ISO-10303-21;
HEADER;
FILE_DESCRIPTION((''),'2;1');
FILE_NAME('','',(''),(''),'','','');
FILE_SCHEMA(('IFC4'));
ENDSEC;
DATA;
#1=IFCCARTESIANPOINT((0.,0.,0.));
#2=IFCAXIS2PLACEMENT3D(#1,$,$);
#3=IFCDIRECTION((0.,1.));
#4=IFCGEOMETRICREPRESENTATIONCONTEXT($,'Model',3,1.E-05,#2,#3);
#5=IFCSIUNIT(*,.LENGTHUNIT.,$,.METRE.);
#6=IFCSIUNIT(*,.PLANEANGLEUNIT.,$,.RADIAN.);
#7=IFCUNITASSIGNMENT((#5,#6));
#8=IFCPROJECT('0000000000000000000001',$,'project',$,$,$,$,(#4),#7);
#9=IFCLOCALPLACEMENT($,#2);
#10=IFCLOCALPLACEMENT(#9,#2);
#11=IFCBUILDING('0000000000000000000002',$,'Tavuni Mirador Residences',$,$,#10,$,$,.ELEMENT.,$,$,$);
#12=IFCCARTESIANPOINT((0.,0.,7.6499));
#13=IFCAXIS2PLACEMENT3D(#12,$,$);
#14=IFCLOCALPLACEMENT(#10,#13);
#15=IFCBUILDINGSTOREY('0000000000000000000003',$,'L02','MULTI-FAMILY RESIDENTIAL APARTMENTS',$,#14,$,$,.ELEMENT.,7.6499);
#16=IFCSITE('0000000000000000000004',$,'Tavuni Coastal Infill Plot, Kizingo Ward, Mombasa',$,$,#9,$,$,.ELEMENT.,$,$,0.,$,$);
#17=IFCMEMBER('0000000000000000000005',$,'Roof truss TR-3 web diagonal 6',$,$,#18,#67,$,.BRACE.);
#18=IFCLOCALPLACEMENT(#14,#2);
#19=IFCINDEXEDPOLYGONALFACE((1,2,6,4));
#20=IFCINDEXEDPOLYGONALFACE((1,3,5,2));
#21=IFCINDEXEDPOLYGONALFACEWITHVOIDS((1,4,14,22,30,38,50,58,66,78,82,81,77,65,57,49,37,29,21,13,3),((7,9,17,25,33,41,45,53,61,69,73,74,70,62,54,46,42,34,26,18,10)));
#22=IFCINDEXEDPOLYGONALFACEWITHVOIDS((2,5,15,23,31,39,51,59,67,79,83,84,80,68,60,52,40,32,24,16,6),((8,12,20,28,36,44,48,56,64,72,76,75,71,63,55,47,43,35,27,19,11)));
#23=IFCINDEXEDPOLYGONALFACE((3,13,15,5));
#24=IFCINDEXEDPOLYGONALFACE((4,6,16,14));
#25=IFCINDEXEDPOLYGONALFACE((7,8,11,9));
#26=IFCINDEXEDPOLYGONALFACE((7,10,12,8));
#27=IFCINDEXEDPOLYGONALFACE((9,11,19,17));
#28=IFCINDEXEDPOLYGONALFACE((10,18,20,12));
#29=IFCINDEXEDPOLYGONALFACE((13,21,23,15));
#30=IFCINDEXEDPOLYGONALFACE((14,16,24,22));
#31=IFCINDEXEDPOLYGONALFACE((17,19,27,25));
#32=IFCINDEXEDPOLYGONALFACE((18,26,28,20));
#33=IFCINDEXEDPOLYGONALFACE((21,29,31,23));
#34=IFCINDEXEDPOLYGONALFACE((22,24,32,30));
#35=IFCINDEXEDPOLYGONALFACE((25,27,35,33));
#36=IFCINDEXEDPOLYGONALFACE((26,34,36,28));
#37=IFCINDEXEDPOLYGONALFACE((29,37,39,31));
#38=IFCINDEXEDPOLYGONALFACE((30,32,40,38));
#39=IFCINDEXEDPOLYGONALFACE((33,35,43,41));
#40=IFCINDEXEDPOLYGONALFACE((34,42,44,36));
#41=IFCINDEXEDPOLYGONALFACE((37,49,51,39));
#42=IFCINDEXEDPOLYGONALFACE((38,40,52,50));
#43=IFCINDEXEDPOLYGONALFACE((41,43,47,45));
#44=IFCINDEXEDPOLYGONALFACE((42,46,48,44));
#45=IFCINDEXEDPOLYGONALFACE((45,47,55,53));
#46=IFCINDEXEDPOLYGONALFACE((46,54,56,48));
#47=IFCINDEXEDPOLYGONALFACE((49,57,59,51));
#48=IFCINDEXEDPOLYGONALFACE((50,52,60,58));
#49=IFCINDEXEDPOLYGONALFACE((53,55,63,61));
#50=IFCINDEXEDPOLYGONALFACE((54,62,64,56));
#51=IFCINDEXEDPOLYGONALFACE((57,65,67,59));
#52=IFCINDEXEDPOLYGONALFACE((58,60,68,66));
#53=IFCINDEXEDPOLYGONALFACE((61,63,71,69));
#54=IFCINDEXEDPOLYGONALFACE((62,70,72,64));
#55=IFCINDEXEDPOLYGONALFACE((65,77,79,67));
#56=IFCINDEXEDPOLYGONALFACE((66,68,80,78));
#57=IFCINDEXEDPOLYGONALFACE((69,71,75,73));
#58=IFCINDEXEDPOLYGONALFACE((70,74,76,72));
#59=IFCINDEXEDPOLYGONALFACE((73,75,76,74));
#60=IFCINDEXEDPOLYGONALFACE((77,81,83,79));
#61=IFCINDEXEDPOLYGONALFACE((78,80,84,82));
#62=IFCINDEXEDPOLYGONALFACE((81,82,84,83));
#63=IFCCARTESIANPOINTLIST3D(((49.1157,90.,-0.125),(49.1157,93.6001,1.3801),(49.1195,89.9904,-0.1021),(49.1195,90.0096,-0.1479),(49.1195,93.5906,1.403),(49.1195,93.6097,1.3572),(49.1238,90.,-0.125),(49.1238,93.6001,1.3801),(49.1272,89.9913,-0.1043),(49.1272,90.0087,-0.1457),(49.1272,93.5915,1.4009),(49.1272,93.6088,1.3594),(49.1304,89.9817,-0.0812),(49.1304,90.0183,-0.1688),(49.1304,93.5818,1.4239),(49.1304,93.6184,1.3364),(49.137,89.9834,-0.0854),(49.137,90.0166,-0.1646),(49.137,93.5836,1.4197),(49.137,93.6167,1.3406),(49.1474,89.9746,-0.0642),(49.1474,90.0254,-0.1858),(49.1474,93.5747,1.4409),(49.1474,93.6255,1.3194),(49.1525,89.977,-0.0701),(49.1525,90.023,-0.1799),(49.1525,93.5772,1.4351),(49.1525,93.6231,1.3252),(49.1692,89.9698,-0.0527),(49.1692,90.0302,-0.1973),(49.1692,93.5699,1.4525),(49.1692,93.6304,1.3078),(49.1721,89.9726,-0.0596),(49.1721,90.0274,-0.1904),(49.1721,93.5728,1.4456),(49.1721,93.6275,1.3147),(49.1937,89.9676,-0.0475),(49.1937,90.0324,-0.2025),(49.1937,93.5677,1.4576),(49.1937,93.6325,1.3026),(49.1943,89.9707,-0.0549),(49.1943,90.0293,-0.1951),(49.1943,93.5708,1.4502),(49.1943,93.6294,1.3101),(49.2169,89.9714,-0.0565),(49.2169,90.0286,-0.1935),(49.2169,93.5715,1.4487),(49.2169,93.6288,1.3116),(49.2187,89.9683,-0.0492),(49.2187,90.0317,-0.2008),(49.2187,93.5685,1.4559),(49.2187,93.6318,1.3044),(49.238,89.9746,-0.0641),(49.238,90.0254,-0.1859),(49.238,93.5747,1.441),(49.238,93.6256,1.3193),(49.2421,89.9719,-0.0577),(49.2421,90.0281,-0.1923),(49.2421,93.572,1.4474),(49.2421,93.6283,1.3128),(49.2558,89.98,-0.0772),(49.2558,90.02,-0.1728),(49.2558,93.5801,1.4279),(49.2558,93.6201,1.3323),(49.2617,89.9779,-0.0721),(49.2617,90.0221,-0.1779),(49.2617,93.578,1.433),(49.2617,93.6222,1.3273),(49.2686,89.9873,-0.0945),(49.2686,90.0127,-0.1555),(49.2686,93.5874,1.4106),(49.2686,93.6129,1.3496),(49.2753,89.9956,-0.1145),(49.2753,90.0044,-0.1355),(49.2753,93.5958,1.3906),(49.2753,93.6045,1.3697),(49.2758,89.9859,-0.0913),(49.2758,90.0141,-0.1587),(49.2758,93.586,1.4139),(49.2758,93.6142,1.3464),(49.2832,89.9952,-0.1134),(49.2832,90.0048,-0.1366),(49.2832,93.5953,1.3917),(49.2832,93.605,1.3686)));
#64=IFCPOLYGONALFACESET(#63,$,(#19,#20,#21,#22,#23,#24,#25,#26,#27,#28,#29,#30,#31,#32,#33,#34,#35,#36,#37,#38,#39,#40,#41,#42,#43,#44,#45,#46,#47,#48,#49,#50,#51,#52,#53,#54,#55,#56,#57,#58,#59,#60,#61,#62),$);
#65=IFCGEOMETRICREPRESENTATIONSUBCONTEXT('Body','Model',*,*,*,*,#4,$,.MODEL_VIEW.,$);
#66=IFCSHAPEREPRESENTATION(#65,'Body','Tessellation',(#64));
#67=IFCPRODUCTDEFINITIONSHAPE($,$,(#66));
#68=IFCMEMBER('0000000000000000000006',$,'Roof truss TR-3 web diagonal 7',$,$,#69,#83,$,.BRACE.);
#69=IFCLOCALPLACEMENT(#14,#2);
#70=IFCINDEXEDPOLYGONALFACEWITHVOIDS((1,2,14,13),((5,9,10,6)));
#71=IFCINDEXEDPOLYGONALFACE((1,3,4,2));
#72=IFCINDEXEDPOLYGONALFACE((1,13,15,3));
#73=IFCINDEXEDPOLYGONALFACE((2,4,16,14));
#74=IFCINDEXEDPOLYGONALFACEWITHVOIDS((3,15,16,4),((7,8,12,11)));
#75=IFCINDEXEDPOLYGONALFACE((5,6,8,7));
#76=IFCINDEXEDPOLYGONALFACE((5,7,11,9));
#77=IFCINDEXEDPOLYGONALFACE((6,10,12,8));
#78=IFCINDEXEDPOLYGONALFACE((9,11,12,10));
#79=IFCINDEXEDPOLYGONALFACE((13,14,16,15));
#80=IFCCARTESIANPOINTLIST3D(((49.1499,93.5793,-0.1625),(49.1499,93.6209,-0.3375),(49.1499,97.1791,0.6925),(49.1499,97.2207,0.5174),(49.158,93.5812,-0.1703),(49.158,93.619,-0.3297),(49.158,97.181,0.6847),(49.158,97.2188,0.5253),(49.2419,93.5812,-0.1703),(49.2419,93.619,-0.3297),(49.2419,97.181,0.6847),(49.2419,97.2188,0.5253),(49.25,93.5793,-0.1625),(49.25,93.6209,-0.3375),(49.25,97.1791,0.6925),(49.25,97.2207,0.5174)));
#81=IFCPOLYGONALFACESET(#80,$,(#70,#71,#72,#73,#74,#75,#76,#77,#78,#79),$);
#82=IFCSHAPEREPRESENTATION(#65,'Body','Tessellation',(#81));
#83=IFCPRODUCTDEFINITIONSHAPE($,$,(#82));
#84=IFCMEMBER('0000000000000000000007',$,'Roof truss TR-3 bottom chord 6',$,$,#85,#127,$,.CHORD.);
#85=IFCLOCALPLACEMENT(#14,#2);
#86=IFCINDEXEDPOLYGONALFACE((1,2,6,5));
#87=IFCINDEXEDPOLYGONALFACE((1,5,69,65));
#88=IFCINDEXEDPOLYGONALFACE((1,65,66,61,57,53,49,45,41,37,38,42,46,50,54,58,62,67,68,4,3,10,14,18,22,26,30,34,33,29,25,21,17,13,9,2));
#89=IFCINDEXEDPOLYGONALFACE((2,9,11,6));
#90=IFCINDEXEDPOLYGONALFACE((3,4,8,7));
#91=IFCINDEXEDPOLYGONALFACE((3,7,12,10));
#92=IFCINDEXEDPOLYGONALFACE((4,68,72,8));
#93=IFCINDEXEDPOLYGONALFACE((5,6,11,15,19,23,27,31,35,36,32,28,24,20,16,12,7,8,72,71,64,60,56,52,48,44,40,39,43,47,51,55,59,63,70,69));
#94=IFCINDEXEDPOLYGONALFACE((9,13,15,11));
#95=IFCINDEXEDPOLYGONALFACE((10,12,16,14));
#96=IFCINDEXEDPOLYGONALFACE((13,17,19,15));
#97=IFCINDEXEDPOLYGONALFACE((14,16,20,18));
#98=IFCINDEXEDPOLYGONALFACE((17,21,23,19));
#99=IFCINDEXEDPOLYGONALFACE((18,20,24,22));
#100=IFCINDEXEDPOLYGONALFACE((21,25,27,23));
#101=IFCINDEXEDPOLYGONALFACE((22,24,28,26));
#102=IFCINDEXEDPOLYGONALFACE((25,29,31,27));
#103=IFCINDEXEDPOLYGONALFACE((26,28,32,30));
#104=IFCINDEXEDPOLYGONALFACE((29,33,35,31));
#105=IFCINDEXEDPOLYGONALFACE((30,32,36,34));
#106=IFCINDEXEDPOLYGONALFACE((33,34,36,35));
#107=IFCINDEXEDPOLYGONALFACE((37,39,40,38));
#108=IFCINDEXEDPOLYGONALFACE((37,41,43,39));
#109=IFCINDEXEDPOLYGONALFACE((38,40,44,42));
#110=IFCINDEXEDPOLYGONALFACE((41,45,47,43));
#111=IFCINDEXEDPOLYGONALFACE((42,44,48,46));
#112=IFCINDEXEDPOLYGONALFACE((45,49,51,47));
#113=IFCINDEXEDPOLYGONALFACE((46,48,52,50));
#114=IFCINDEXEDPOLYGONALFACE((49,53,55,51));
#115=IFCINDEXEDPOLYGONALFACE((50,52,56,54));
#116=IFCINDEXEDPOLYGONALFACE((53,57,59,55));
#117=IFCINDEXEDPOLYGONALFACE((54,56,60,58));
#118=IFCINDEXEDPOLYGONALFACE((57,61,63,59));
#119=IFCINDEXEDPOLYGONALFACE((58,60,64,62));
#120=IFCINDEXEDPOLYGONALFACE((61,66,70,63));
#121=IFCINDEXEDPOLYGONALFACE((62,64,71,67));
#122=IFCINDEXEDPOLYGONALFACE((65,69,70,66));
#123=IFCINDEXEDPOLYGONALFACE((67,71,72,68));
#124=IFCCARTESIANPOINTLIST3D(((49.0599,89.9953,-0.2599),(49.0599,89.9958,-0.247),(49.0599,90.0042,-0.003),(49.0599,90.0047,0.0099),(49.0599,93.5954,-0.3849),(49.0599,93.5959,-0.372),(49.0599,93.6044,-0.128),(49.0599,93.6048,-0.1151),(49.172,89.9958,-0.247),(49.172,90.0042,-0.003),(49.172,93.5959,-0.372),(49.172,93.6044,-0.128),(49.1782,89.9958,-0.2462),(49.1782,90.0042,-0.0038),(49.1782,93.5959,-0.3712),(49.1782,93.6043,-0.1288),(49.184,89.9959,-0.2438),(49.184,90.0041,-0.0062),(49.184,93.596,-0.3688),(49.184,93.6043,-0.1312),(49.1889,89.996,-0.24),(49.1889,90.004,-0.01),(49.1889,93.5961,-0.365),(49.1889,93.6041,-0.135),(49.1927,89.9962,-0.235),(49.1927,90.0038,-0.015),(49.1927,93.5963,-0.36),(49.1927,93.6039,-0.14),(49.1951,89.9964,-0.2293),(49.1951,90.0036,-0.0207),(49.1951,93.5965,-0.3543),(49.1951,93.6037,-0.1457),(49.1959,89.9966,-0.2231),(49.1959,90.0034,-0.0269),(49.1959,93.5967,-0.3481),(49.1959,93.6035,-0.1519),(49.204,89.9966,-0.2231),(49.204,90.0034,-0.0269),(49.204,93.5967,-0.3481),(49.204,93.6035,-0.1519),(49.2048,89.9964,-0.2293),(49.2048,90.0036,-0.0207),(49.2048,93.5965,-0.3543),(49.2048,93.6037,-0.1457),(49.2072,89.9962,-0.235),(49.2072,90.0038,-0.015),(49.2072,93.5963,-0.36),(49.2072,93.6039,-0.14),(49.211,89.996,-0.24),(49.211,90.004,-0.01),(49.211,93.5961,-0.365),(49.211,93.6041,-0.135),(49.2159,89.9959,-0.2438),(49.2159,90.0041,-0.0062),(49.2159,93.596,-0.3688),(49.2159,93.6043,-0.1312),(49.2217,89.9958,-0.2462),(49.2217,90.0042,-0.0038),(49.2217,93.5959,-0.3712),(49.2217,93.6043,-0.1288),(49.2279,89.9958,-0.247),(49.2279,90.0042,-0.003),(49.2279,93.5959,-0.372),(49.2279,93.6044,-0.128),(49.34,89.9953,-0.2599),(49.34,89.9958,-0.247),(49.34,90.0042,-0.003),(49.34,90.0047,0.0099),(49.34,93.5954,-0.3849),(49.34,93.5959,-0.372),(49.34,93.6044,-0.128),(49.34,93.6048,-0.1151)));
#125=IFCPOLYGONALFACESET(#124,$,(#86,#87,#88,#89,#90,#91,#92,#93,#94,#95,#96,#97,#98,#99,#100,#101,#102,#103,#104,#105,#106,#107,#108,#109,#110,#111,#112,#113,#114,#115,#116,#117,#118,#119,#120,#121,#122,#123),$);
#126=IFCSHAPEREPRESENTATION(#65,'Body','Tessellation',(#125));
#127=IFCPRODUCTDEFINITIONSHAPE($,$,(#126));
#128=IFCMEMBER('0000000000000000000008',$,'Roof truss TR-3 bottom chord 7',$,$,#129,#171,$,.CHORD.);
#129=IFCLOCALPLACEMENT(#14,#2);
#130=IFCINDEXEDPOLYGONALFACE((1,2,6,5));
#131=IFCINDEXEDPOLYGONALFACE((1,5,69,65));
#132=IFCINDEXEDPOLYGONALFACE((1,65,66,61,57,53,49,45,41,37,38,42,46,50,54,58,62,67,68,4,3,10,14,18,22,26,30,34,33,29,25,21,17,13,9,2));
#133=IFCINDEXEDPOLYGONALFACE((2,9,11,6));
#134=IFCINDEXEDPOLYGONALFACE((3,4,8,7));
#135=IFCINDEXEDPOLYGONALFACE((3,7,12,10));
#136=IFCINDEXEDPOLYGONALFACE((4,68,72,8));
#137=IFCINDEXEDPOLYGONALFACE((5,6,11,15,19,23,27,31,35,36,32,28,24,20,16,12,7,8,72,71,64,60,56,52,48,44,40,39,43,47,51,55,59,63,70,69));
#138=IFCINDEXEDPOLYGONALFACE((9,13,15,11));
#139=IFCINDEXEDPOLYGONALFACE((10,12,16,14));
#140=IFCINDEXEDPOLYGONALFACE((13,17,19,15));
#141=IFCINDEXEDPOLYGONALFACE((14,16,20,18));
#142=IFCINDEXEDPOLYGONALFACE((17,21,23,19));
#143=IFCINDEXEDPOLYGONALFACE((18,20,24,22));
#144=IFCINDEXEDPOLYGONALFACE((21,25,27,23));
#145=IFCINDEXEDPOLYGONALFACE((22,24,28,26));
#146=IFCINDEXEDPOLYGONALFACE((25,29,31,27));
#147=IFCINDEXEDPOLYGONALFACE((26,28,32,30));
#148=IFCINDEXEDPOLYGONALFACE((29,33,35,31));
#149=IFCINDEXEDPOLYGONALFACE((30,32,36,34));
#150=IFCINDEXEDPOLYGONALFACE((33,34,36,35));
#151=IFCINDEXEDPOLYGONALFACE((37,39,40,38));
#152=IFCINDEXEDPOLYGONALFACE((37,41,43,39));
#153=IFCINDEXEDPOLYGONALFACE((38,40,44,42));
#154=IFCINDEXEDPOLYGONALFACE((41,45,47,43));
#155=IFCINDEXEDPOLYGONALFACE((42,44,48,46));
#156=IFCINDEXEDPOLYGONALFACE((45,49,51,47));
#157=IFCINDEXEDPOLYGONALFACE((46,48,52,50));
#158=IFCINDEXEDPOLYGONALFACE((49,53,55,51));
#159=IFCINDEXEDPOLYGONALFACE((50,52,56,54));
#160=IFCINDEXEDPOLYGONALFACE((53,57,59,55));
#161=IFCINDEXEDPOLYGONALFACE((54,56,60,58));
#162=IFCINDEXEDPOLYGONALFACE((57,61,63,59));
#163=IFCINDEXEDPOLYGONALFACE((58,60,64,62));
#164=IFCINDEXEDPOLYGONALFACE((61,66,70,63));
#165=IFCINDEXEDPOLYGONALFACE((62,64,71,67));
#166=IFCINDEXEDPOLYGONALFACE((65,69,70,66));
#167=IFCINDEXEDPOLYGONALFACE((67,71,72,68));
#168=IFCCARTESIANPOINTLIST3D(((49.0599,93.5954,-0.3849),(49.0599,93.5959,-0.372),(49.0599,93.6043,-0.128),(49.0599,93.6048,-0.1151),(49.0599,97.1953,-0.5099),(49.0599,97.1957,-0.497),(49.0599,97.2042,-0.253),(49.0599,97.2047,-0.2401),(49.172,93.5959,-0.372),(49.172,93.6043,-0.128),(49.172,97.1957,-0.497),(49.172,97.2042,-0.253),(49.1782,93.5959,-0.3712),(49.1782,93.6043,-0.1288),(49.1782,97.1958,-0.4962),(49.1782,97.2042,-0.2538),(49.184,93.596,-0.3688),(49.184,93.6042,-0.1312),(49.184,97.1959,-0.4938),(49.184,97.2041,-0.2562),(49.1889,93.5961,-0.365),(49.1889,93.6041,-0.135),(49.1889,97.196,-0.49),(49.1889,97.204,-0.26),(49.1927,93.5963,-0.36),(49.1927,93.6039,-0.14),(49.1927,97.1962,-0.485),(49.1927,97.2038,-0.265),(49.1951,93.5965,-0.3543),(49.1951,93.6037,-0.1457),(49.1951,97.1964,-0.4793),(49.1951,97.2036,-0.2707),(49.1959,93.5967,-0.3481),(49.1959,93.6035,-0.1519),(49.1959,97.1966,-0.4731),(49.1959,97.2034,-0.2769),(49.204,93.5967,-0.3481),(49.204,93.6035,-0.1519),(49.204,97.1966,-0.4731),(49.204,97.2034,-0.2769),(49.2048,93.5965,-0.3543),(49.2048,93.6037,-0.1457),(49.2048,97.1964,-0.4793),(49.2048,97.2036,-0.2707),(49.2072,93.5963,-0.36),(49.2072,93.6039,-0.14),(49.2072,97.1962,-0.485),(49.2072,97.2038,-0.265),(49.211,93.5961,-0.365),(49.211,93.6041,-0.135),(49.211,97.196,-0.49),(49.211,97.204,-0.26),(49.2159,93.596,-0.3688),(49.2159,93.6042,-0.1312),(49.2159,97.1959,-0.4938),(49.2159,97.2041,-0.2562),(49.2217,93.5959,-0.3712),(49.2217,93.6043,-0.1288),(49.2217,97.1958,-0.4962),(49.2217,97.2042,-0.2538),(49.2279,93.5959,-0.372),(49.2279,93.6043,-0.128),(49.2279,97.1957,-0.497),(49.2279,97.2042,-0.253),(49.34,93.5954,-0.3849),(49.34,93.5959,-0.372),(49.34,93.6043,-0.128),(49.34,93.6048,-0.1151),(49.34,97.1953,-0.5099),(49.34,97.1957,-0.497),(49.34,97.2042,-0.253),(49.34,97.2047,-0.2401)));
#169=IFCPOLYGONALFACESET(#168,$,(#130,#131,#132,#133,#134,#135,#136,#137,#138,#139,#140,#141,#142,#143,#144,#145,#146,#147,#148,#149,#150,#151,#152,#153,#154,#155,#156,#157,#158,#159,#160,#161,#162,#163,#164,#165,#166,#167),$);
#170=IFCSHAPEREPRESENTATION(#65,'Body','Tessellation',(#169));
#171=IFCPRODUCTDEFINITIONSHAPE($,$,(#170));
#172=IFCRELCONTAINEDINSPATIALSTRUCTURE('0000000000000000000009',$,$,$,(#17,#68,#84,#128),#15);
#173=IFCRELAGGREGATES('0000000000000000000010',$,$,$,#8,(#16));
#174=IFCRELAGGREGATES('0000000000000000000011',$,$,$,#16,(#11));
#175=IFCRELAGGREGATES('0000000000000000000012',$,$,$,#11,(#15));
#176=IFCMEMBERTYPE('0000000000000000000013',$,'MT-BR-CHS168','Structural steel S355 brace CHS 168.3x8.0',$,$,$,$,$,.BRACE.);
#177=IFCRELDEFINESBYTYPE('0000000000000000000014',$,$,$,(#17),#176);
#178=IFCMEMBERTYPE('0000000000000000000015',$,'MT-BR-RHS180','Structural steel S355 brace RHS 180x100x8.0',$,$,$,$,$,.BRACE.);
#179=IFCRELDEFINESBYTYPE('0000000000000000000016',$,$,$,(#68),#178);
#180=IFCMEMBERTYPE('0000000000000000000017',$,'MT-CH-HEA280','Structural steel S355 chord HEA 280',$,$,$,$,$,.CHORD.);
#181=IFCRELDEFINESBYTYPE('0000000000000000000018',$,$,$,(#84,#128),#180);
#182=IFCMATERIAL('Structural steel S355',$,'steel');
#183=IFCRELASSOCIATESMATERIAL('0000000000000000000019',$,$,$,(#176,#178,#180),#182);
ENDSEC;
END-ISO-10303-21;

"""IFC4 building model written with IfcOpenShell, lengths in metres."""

from ifc_helpers import new_model, si_unit, direction, frame, origin, origin_2d, place, context, subcontext, project, spatial, hollow_rectangle, hollow_circle, i_section, extrude, material, material_profile, profile_set, type_object, element, save


model = new_model("IFC4")

# Units and contexts
model_context = context("Model", 3, precision=1e-05, world=origin(), true_north=direction((0.0, 1.0)))
body_context = subcontext(model_context, "Body", "Model", "MODEL_VIEW")
ifc_project = project(units=[si_unit("LENGTHUNIT", "METRE"), si_unit("PLANEANGLEUNIT", "RADIAN")], contexts=[model_context])

# Site, building, storey
site_placement = place(None, origin())
site = spatial("IfcSite", under=ifc_project, at=site_placement, Name="Tavuni Coastal Infill Plot, Kizingo Ward, Mombasa", CompositionType="ELEMENT", RefElevation=0.0)
building_placement = place(site_placement, origin())
building = spatial("IfcBuilding", under=site, at=building_placement, Name="Tavuni Mirador Residences", CompositionType="ELEMENT")
storey_placement = place(building_placement, frame((0.0, 0.0, 7.6499)))
storey = spatial("IfcBuildingStorey", under=building, at=storey_placement, Name="L02", Description="MULTI-FAMILY RESIDENTIAL APARTMENTS", CompositionType="ELEMENT", Elevation=7.6499)

# Members
ifc_material_1 = material(Name="Structural steel S355", Category="steel")
ifc_material_profile_1 = material_profile(ifc_material_1, hollow_circle(Radius=0.0842, WallThickness=0.0081, at=origin_2d()), Name="CHS 168.3x8.0", Category="steel")
ifc_profile_set_1 = profile_set([ifc_material_profile_1], Name="Structural steel S355")
member_type_1 = type_object("IfcMemberType", Name="MT-BR-CHS168", Description="Structural steel S355 brace CHS 168.3x8.0", PredefinedType="BRACE", material=ifc_profile_set_1)
member_1_placement = place(storey_placement, frame((49.2, 90.0, -0.125), z_axis=(0.0, 0.922613, 0.385726), x_axis=(-1.0, 0.0, 0.0)))
element("IfcMember", 1, at=member_1_placement, inside=storey, type_object=member_type_1, Name="Roof truss TR-3 web diagonal 6", PredefinedType="BRACE", context=body_context, shape_type="SweptSolid", body=[
    extrude(hollow_circle(Radius=0.0842, WallThickness=0.0081, at=origin_2d()), origin(), (0.0, 0.0, 1.0), 3.9021),
])
ifc_material_profile_2 = material_profile(ifc_material_1, hollow_rectangle(XDim=0.1001, YDim=0.1799, WallThickness=0.0081, at=origin_2d()), Name="RHS 180x100x8.0", Category="steel")
ifc_profile_set_2 = profile_set([ifc_material_profile_2], Name="Structural steel S355")
member_type_2 = type_object("IfcMemberType", Name="MT-BR-RHS180", Description="Structural steel S355 brace RHS 180x100x8.0", PredefinedType="BRACE", material=ifc_profile_set_2)
member_2_placement = place(storey_placement, frame((49.2, 93.6001, -0.25), z_axis=(0.0, 0.972936, 0.231076), x_axis=(-1.0, 0.0, 0.0)))
element("IfcMember", 2, at=member_2_placement, inside=storey, type_object=member_type_2, Name="Roof truss TR-3 web diagonal 7", PredefinedType="BRACE", context=body_context, shape_type="SweptSolid", body=[
    extrude(hollow_rectangle(XDim=0.1001, YDim=0.1799, WallThickness=0.0081, at=origin_2d()), origin(), (0.0, 0.0, 1.0), 3.7),
])
ifc_material_profile_3 = material_profile(ifc_material_1, i_section(OverallWidth=0.28, OverallDepth=0.27, WebThickness=0.0081, FlangeThickness=0.0129, FilletRadius=0.0239, at=origin_2d()), Name="HEA 280", Category="steel")
ifc_profile_set_3 = profile_set([ifc_material_profile_3], Name="Structural steel S355")
member_type_3 = type_object("IfcMemberType", Name="MT-CH-HEA280", Description="Structural steel S355 chord HEA 280", PredefinedType="CHORD", material=ifc_profile_set_3)
member_3_placement = place(storey_placement, frame((49.2, 90.0, -0.125), z_axis=(0.0, 0.999398, -0.0347), x_axis=(-1.0, 0.0, 0.0)))
element("IfcMember", 3, at=member_3_placement, inside=storey, type_object=member_type_3, Name="Roof truss TR-3 bottom chord 6", PredefinedType="CHORD", context=body_context, shape_type="SweptSolid", body=[
    extrude(i_section(OverallWidth=0.28, OverallDepth=0.27, WebThickness=0.0081, FlangeThickness=0.0129, FilletRadius=0.0239, at=origin_2d()), origin(), (0.0, 0.0, 1.0), 3.6023),
])
member_4_placement = place(storey_placement, frame((49.2, 93.6001, -0.25), z_axis=(0.0, 0.999398, -0.034703), x_axis=(-1.0, 0.0, 0.0)))
element("IfcMember", 4, at=member_4_placement, inside=storey, type_object=member_type_3, Name="Roof truss TR-3 bottom chord 7", PredefinedType="CHORD", context=body_context, shape_type="SweptSolid", body=[
    extrude(i_section(OverallWidth=0.28, OverallDepth=0.27, WebThickness=0.0081, FlangeThickness=0.0129, FilletRadius=0.0239, at=origin_2d()), origin(), (0.0, 0.0, 1.0), 3.6021),
])

save(model, "model.ifc")
